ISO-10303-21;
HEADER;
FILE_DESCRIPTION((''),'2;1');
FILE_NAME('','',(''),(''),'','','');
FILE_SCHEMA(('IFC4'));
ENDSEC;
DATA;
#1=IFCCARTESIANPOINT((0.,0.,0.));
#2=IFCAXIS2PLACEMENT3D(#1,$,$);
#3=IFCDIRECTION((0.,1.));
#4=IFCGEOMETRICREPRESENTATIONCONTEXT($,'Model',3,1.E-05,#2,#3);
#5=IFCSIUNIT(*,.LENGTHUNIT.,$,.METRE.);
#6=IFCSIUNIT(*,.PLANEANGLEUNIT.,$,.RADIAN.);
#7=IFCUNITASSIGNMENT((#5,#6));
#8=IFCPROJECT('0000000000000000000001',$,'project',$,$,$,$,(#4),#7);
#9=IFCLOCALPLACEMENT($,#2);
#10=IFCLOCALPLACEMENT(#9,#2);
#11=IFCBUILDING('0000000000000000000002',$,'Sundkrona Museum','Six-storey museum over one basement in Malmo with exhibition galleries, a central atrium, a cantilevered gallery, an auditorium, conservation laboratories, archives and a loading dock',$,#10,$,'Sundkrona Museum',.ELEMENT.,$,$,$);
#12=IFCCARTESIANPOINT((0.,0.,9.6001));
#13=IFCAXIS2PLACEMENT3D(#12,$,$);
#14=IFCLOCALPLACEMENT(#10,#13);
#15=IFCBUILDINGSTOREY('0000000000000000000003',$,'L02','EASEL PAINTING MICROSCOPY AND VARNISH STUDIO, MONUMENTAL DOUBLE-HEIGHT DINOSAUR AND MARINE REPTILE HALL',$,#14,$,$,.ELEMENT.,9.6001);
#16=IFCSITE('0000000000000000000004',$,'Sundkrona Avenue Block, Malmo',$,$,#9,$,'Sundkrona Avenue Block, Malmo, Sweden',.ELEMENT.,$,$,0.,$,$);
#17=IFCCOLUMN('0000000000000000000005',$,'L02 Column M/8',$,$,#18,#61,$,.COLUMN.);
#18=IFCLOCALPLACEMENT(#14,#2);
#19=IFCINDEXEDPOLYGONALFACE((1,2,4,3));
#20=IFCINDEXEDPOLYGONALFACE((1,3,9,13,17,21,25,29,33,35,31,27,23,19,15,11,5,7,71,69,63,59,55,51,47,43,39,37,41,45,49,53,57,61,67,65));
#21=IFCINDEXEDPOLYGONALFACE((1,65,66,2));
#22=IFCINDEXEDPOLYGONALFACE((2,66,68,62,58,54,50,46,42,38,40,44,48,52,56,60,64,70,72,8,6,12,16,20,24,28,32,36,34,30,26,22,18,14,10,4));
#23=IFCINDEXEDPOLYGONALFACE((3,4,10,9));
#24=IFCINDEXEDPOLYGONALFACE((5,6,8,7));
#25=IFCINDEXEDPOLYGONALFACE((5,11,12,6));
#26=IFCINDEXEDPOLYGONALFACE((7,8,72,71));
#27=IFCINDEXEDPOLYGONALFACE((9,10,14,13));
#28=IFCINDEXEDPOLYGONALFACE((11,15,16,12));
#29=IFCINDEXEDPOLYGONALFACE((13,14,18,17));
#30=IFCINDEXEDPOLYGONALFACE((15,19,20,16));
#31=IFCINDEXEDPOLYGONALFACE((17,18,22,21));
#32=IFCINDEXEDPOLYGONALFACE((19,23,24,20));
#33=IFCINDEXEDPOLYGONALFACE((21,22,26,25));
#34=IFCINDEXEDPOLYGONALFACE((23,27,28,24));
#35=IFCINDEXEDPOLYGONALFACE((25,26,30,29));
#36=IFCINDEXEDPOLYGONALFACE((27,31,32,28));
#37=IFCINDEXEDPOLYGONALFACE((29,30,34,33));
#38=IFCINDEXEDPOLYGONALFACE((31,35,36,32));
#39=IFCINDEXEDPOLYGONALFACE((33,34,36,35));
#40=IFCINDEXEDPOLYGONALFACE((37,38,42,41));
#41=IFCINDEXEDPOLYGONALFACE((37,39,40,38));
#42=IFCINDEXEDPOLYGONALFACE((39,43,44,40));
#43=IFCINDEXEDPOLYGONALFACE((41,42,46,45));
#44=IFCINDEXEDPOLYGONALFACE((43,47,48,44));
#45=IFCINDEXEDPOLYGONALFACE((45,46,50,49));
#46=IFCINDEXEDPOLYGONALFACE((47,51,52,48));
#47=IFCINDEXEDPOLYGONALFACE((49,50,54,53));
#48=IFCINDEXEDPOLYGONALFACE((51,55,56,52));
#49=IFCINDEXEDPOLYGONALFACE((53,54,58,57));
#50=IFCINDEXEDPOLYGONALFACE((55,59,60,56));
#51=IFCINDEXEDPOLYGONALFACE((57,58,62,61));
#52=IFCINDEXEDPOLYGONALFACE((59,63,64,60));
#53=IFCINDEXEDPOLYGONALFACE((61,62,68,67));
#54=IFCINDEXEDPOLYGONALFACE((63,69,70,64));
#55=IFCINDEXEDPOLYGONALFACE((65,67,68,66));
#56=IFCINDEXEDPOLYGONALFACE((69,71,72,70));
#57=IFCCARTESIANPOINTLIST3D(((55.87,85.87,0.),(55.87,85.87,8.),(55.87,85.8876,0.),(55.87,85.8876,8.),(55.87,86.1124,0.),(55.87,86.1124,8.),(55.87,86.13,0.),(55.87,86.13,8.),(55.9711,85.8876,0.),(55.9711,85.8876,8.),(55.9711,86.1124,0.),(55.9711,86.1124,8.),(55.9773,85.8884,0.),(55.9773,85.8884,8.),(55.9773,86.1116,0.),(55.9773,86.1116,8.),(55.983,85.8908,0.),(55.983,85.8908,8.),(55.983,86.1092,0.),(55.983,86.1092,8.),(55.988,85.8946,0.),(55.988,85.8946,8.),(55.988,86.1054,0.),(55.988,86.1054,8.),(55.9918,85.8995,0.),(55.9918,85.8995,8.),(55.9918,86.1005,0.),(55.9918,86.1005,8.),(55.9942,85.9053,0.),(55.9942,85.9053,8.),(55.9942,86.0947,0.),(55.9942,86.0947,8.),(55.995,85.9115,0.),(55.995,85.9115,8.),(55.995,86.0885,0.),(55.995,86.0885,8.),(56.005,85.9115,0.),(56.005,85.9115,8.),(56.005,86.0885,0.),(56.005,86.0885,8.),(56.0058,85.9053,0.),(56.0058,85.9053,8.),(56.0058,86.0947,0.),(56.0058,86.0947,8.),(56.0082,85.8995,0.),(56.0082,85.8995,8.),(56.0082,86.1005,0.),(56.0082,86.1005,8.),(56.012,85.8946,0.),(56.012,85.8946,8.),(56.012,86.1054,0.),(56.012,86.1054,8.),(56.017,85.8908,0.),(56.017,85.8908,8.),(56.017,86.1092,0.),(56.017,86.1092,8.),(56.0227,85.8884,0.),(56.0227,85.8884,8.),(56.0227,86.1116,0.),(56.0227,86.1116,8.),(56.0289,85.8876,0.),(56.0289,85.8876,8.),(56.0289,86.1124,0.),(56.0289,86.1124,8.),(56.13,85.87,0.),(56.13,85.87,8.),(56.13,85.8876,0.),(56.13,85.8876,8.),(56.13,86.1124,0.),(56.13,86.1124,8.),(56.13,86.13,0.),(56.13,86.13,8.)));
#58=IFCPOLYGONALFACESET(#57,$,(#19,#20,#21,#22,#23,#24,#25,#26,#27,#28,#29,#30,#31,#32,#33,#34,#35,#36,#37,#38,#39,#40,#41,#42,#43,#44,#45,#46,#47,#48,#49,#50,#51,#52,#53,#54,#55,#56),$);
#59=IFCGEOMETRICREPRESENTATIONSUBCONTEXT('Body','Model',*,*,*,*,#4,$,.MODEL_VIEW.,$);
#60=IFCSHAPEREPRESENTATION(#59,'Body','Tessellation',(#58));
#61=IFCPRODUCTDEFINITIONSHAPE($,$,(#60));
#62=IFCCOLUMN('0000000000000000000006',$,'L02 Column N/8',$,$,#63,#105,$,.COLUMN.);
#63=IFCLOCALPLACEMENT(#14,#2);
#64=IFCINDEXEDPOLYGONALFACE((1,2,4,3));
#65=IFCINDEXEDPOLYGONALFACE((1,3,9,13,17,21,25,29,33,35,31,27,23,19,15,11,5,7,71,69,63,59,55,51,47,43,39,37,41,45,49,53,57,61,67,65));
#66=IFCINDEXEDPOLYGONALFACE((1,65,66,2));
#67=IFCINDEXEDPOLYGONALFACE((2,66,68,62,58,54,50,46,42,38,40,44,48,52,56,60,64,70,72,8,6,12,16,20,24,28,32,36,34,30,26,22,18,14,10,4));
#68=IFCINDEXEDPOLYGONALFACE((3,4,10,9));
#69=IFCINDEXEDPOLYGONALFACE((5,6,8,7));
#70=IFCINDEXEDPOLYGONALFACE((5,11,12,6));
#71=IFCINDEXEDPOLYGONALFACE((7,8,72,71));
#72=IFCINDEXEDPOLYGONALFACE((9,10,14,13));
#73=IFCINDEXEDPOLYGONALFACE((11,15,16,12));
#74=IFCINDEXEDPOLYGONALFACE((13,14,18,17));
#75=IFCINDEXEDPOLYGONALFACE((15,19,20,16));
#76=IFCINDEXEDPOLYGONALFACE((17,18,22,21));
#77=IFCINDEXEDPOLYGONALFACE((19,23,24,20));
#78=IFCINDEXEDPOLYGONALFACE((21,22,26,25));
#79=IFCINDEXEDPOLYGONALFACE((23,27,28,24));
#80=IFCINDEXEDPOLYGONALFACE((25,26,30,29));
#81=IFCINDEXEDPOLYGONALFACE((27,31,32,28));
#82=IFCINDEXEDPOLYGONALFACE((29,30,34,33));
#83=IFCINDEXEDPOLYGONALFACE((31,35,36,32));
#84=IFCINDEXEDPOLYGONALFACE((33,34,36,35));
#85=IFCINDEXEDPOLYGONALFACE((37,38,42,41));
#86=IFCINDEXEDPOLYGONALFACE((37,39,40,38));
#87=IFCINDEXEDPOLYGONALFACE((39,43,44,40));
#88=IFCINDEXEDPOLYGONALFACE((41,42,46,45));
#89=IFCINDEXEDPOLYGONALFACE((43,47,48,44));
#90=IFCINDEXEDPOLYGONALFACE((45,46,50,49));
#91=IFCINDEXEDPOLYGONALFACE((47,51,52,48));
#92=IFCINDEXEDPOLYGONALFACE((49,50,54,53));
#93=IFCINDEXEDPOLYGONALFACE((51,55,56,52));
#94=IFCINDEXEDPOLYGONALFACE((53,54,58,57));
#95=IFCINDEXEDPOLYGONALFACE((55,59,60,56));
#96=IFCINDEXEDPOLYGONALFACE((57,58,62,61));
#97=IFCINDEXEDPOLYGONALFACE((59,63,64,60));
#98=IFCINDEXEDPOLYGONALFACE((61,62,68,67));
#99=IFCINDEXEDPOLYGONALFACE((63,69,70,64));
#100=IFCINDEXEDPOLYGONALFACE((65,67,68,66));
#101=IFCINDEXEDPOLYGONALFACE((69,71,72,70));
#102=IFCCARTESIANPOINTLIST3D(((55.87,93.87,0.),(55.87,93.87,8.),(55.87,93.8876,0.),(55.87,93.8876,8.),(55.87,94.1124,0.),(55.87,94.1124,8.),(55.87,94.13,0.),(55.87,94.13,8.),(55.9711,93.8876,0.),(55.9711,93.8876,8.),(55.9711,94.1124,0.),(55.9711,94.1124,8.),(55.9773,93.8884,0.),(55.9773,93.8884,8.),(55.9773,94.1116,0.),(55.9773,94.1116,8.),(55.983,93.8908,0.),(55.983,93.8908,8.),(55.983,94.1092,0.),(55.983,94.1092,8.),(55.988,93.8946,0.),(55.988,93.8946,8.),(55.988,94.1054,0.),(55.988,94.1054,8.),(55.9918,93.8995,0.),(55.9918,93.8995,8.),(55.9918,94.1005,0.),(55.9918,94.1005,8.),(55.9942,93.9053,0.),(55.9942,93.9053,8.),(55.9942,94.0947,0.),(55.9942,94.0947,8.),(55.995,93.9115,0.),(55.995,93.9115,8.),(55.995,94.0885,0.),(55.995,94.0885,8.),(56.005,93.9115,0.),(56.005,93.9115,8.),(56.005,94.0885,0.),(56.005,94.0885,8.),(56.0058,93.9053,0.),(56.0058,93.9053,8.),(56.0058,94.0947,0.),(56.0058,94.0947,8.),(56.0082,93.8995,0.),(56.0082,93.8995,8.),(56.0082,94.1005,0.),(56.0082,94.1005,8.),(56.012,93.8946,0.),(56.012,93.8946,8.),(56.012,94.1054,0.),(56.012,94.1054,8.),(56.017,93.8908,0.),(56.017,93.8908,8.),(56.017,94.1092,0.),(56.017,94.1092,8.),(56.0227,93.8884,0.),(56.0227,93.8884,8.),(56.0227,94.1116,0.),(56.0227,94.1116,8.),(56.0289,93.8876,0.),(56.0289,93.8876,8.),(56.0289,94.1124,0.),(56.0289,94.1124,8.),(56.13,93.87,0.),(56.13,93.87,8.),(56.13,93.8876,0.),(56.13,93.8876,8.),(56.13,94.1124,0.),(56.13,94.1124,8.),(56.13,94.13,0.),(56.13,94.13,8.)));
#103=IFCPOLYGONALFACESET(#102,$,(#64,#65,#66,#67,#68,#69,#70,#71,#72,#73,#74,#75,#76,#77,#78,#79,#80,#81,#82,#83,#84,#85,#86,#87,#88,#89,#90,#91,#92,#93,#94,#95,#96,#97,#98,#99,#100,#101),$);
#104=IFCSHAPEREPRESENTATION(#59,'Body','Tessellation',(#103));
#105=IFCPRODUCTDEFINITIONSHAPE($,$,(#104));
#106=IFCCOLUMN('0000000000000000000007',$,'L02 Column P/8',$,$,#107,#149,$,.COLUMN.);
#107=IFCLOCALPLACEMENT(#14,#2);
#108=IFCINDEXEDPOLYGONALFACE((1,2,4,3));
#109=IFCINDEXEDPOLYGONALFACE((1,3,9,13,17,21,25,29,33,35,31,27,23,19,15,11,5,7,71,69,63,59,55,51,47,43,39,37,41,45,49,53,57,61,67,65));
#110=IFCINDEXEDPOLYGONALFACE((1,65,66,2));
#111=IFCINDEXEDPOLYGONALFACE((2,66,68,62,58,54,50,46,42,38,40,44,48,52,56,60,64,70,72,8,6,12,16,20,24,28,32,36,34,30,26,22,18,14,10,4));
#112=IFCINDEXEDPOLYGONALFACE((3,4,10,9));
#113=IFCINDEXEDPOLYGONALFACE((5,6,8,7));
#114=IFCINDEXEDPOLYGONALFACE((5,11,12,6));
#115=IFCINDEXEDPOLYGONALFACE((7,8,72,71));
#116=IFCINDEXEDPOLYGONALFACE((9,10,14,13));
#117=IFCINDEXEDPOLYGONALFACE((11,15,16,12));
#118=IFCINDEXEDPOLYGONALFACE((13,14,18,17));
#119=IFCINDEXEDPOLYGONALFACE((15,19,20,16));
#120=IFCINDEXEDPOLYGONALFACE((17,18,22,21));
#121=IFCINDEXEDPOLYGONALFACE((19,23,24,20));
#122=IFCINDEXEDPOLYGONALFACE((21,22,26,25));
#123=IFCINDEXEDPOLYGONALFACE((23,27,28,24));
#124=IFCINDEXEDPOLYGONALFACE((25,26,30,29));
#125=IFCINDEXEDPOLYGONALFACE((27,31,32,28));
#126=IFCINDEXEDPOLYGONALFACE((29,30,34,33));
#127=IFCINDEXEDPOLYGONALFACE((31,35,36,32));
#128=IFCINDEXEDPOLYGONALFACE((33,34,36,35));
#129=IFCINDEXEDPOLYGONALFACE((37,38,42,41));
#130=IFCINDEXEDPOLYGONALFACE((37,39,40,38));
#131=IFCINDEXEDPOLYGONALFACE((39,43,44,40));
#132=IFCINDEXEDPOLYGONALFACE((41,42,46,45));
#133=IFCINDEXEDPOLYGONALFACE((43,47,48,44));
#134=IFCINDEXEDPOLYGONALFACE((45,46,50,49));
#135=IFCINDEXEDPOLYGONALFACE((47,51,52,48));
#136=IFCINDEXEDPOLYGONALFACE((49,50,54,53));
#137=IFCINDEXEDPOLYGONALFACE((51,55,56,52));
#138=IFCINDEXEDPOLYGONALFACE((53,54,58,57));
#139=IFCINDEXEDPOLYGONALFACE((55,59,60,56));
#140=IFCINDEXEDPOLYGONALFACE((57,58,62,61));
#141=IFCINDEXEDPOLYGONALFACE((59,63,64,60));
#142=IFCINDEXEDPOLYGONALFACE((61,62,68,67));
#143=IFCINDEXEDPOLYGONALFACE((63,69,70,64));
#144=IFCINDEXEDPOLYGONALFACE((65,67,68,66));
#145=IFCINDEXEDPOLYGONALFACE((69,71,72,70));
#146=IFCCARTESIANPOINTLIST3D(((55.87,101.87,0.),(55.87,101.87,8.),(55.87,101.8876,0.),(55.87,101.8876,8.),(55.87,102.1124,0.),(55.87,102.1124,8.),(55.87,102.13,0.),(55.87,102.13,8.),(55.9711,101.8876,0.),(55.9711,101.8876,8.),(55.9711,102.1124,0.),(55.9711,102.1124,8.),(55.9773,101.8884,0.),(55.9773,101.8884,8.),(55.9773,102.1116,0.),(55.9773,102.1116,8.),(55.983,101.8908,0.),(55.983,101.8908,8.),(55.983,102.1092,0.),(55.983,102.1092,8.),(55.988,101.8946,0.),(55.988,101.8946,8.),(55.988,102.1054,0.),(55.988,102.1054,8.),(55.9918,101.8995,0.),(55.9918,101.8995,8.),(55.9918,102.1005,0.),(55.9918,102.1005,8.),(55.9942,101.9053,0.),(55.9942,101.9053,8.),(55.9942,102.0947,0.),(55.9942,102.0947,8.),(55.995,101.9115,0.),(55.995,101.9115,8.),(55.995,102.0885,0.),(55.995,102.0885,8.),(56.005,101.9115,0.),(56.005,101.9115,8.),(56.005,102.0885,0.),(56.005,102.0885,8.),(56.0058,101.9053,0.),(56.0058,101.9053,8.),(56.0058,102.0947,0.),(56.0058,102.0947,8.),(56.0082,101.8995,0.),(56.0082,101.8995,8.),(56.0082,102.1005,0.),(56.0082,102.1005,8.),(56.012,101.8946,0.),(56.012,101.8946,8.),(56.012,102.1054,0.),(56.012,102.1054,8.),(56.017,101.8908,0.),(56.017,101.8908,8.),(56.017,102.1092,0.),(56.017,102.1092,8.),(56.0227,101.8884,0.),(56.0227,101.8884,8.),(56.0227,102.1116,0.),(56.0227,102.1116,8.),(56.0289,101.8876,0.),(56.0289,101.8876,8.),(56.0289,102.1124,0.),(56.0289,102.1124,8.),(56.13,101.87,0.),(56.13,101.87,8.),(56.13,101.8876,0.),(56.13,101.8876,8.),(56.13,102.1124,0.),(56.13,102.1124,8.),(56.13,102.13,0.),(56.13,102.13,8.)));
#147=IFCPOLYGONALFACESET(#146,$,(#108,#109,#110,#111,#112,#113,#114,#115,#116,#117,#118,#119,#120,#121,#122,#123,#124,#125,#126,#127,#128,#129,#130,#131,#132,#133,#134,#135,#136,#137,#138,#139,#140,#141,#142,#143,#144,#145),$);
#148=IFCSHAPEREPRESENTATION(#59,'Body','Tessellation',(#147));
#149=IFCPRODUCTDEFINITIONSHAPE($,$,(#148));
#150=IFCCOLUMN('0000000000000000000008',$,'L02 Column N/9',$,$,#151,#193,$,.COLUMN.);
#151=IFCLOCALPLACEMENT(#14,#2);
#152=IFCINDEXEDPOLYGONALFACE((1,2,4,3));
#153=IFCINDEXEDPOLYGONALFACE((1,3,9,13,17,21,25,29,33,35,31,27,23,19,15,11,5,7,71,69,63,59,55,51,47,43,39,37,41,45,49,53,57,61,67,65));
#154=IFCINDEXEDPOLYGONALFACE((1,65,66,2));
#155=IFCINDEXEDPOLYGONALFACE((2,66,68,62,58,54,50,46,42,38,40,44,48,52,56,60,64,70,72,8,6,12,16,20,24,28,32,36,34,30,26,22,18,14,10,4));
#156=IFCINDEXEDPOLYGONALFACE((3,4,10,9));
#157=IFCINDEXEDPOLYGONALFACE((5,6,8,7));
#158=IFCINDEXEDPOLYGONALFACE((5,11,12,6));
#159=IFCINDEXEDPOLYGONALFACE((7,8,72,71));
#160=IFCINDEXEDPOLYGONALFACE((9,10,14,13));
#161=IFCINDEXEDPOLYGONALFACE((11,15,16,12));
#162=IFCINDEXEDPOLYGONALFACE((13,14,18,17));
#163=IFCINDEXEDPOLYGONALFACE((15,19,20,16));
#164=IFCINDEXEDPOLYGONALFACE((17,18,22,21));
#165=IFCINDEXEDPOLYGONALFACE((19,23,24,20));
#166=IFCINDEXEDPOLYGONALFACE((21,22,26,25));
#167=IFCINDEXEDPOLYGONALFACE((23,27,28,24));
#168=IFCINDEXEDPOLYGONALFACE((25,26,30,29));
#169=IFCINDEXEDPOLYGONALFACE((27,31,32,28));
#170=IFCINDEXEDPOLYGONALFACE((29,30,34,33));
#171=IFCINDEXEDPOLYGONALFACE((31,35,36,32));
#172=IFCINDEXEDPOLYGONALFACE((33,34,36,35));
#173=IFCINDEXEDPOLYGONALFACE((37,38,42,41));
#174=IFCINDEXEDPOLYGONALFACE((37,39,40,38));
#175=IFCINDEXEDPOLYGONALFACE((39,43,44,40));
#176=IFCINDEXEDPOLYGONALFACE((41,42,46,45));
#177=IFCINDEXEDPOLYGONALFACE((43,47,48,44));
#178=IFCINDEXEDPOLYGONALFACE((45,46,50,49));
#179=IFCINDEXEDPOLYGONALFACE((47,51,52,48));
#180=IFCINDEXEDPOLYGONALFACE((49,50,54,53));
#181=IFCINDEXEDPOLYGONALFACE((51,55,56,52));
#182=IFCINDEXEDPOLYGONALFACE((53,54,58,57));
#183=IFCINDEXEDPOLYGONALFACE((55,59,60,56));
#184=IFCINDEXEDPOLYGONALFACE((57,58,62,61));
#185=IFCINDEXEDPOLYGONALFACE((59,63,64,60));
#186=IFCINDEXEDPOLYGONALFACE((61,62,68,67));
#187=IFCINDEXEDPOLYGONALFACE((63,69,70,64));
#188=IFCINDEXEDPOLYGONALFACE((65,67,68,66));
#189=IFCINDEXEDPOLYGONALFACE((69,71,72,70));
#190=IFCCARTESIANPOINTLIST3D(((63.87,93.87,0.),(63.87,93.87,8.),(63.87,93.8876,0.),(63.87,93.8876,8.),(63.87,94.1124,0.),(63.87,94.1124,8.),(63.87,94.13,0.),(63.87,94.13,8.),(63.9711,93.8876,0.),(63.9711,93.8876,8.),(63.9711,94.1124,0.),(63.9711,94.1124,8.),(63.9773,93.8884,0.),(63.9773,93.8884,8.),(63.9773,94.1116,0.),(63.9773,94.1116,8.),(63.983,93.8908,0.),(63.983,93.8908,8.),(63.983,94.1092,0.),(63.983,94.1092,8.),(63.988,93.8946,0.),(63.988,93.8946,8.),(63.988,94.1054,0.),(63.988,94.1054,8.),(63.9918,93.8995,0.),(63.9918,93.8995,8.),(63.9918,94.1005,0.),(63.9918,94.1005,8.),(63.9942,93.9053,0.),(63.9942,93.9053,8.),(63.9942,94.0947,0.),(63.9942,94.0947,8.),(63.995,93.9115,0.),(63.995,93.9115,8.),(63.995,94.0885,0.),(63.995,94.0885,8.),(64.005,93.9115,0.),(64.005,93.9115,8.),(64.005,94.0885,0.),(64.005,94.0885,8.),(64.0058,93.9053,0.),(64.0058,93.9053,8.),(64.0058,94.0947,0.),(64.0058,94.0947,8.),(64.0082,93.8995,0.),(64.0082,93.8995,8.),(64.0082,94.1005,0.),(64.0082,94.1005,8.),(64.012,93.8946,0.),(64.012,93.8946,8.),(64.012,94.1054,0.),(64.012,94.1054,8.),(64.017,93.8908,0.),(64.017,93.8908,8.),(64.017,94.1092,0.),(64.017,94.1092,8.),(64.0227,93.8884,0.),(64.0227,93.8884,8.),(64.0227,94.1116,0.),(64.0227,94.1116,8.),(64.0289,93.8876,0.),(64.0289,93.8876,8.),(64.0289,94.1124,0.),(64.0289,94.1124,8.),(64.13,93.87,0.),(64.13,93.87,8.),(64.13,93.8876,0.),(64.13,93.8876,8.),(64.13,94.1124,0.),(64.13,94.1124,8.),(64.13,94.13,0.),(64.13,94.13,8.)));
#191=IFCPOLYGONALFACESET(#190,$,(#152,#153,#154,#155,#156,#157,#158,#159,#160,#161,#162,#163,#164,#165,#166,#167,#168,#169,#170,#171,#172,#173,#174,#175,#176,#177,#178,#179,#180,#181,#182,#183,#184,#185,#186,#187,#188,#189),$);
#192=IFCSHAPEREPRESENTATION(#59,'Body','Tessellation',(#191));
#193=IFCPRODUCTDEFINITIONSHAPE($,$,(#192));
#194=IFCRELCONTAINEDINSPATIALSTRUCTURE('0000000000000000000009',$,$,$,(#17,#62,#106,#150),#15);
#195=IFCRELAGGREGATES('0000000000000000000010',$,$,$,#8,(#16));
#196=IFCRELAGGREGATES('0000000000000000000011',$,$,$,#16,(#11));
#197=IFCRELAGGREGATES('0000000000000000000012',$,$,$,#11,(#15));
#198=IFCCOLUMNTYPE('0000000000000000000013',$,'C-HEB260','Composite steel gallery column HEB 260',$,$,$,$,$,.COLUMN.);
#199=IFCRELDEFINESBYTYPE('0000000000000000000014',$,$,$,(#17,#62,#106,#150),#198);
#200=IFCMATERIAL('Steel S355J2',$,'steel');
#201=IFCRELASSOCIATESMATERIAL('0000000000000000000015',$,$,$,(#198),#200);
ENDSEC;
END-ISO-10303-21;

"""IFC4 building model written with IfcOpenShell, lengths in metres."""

from ifc_helpers import new_model, si_unit, direction, frame, origin, origin_2d, place, context, subcontext, project, spatial, i_section, extrude, material, material_profile, profile_set, type_object, element, save


model = new_model("IFC4")

# Units and contexts
model_context = context("Model", 3, precision=1e-05, world=origin(), true_north=direction((0.0, 1.0)))
body_context = subcontext(model_context, "Body", "Model", "MODEL_VIEW")
ifc_project = project(units=[si_unit("LENGTHUNIT", "METRE"), si_unit("PLANEANGLEUNIT", "RADIAN")], contexts=[model_context])

# Site, building, storey
site_placement = place(None, origin())
site = spatial("IfcSite", under=ifc_project, at=site_placement, Name="Sundkrona Avenue Block, Malmo", LongName="Sundkrona Avenue Block, Malmo, Sweden", CompositionType="ELEMENT", RefElevation=0.0)
building_placement = place(site_placement, origin())
building = spatial("IfcBuilding", under=site, at=building_placement, Name="Sundkrona Museum", Description="Six-storey museum over one basement in Malmo with exhibition galleries, a central atrium, a cantilevered gallery, an auditorium, conservation laboratories, archives and a loading dock", LongName="Sundkrona Museum", CompositionType="ELEMENT")
storey_placement = place(building_placement, frame((0.0, 0.0, 9.6001)))
storey = spatial("IfcBuildingStorey", under=building, at=storey_placement, Name="L02", Description="EASEL PAINTING MICROSCOPY AND VARNISH STUDIO, MONUMENTAL DOUBLE-HEIGHT DINOSAUR AND MARINE REPTILE HALL", CompositionType="ELEMENT", Elevation=9.6001)

# Columns
ifc_material_1 = material(Name="Steel S355J2", Category="steel")
ifc_material_profile_1 = material_profile(ifc_material_1, i_section(OverallWidth=0.26, OverallDepth=0.26, WebThickness=0.01, FlangeThickness=0.0176, FilletRadius=0.0239, at=origin_2d()), Name="HEB 260")
ifc_profile_set_1 = profile_set([ifc_material_profile_1], Name="Steel S355J2")
column_type = type_object("IfcColumnType", Name="C-HEB260", Description="Composite steel gallery column HEB 260", PredefinedType="COLUMN", material=ifc_profile_set_1)
for number, where, z_axis, x_axis, name in (
    (1, (56.0, 86.0, 0.0), (0.0, 0.0, 1.0), (1.0, 0.0, 0.0), "L02 Column M/8"),
    (2, (56.0, 94.0, 0.0), (0.0, 0.0, 1.0), (1.0, 0.0, 0.0), "L02 Column N/8"),
    (3, (56.0, 102.0, 0.0), (0.0, 0.0, 1.0), (1.0, 0.0, 0.0), "L02 Column P/8"),
    (4, (64.0, 94.0, 0.0), (0.0, 0.0, 1.0), (1.0, 0.0, 0.0), "L02 Column N/9"),
):
    element("IfcColumn", number, at=place(storey_placement, frame(where, z_axis=z_axis, x_axis=x_axis)), inside=storey, type_object=column_type, Name=name, PredefinedType="COLUMN", context=body_context, shape_type="SweptSolid", body=[
        extrude(i_section(OverallWidth=0.26, OverallDepth=0.26, WebThickness=0.01, FlangeThickness=0.0176, FilletRadius=0.0239, at=origin_2d()), origin(), (0.0, 0.0, 1.0), 8.0),
    ])

save(model, "model.ifc")
